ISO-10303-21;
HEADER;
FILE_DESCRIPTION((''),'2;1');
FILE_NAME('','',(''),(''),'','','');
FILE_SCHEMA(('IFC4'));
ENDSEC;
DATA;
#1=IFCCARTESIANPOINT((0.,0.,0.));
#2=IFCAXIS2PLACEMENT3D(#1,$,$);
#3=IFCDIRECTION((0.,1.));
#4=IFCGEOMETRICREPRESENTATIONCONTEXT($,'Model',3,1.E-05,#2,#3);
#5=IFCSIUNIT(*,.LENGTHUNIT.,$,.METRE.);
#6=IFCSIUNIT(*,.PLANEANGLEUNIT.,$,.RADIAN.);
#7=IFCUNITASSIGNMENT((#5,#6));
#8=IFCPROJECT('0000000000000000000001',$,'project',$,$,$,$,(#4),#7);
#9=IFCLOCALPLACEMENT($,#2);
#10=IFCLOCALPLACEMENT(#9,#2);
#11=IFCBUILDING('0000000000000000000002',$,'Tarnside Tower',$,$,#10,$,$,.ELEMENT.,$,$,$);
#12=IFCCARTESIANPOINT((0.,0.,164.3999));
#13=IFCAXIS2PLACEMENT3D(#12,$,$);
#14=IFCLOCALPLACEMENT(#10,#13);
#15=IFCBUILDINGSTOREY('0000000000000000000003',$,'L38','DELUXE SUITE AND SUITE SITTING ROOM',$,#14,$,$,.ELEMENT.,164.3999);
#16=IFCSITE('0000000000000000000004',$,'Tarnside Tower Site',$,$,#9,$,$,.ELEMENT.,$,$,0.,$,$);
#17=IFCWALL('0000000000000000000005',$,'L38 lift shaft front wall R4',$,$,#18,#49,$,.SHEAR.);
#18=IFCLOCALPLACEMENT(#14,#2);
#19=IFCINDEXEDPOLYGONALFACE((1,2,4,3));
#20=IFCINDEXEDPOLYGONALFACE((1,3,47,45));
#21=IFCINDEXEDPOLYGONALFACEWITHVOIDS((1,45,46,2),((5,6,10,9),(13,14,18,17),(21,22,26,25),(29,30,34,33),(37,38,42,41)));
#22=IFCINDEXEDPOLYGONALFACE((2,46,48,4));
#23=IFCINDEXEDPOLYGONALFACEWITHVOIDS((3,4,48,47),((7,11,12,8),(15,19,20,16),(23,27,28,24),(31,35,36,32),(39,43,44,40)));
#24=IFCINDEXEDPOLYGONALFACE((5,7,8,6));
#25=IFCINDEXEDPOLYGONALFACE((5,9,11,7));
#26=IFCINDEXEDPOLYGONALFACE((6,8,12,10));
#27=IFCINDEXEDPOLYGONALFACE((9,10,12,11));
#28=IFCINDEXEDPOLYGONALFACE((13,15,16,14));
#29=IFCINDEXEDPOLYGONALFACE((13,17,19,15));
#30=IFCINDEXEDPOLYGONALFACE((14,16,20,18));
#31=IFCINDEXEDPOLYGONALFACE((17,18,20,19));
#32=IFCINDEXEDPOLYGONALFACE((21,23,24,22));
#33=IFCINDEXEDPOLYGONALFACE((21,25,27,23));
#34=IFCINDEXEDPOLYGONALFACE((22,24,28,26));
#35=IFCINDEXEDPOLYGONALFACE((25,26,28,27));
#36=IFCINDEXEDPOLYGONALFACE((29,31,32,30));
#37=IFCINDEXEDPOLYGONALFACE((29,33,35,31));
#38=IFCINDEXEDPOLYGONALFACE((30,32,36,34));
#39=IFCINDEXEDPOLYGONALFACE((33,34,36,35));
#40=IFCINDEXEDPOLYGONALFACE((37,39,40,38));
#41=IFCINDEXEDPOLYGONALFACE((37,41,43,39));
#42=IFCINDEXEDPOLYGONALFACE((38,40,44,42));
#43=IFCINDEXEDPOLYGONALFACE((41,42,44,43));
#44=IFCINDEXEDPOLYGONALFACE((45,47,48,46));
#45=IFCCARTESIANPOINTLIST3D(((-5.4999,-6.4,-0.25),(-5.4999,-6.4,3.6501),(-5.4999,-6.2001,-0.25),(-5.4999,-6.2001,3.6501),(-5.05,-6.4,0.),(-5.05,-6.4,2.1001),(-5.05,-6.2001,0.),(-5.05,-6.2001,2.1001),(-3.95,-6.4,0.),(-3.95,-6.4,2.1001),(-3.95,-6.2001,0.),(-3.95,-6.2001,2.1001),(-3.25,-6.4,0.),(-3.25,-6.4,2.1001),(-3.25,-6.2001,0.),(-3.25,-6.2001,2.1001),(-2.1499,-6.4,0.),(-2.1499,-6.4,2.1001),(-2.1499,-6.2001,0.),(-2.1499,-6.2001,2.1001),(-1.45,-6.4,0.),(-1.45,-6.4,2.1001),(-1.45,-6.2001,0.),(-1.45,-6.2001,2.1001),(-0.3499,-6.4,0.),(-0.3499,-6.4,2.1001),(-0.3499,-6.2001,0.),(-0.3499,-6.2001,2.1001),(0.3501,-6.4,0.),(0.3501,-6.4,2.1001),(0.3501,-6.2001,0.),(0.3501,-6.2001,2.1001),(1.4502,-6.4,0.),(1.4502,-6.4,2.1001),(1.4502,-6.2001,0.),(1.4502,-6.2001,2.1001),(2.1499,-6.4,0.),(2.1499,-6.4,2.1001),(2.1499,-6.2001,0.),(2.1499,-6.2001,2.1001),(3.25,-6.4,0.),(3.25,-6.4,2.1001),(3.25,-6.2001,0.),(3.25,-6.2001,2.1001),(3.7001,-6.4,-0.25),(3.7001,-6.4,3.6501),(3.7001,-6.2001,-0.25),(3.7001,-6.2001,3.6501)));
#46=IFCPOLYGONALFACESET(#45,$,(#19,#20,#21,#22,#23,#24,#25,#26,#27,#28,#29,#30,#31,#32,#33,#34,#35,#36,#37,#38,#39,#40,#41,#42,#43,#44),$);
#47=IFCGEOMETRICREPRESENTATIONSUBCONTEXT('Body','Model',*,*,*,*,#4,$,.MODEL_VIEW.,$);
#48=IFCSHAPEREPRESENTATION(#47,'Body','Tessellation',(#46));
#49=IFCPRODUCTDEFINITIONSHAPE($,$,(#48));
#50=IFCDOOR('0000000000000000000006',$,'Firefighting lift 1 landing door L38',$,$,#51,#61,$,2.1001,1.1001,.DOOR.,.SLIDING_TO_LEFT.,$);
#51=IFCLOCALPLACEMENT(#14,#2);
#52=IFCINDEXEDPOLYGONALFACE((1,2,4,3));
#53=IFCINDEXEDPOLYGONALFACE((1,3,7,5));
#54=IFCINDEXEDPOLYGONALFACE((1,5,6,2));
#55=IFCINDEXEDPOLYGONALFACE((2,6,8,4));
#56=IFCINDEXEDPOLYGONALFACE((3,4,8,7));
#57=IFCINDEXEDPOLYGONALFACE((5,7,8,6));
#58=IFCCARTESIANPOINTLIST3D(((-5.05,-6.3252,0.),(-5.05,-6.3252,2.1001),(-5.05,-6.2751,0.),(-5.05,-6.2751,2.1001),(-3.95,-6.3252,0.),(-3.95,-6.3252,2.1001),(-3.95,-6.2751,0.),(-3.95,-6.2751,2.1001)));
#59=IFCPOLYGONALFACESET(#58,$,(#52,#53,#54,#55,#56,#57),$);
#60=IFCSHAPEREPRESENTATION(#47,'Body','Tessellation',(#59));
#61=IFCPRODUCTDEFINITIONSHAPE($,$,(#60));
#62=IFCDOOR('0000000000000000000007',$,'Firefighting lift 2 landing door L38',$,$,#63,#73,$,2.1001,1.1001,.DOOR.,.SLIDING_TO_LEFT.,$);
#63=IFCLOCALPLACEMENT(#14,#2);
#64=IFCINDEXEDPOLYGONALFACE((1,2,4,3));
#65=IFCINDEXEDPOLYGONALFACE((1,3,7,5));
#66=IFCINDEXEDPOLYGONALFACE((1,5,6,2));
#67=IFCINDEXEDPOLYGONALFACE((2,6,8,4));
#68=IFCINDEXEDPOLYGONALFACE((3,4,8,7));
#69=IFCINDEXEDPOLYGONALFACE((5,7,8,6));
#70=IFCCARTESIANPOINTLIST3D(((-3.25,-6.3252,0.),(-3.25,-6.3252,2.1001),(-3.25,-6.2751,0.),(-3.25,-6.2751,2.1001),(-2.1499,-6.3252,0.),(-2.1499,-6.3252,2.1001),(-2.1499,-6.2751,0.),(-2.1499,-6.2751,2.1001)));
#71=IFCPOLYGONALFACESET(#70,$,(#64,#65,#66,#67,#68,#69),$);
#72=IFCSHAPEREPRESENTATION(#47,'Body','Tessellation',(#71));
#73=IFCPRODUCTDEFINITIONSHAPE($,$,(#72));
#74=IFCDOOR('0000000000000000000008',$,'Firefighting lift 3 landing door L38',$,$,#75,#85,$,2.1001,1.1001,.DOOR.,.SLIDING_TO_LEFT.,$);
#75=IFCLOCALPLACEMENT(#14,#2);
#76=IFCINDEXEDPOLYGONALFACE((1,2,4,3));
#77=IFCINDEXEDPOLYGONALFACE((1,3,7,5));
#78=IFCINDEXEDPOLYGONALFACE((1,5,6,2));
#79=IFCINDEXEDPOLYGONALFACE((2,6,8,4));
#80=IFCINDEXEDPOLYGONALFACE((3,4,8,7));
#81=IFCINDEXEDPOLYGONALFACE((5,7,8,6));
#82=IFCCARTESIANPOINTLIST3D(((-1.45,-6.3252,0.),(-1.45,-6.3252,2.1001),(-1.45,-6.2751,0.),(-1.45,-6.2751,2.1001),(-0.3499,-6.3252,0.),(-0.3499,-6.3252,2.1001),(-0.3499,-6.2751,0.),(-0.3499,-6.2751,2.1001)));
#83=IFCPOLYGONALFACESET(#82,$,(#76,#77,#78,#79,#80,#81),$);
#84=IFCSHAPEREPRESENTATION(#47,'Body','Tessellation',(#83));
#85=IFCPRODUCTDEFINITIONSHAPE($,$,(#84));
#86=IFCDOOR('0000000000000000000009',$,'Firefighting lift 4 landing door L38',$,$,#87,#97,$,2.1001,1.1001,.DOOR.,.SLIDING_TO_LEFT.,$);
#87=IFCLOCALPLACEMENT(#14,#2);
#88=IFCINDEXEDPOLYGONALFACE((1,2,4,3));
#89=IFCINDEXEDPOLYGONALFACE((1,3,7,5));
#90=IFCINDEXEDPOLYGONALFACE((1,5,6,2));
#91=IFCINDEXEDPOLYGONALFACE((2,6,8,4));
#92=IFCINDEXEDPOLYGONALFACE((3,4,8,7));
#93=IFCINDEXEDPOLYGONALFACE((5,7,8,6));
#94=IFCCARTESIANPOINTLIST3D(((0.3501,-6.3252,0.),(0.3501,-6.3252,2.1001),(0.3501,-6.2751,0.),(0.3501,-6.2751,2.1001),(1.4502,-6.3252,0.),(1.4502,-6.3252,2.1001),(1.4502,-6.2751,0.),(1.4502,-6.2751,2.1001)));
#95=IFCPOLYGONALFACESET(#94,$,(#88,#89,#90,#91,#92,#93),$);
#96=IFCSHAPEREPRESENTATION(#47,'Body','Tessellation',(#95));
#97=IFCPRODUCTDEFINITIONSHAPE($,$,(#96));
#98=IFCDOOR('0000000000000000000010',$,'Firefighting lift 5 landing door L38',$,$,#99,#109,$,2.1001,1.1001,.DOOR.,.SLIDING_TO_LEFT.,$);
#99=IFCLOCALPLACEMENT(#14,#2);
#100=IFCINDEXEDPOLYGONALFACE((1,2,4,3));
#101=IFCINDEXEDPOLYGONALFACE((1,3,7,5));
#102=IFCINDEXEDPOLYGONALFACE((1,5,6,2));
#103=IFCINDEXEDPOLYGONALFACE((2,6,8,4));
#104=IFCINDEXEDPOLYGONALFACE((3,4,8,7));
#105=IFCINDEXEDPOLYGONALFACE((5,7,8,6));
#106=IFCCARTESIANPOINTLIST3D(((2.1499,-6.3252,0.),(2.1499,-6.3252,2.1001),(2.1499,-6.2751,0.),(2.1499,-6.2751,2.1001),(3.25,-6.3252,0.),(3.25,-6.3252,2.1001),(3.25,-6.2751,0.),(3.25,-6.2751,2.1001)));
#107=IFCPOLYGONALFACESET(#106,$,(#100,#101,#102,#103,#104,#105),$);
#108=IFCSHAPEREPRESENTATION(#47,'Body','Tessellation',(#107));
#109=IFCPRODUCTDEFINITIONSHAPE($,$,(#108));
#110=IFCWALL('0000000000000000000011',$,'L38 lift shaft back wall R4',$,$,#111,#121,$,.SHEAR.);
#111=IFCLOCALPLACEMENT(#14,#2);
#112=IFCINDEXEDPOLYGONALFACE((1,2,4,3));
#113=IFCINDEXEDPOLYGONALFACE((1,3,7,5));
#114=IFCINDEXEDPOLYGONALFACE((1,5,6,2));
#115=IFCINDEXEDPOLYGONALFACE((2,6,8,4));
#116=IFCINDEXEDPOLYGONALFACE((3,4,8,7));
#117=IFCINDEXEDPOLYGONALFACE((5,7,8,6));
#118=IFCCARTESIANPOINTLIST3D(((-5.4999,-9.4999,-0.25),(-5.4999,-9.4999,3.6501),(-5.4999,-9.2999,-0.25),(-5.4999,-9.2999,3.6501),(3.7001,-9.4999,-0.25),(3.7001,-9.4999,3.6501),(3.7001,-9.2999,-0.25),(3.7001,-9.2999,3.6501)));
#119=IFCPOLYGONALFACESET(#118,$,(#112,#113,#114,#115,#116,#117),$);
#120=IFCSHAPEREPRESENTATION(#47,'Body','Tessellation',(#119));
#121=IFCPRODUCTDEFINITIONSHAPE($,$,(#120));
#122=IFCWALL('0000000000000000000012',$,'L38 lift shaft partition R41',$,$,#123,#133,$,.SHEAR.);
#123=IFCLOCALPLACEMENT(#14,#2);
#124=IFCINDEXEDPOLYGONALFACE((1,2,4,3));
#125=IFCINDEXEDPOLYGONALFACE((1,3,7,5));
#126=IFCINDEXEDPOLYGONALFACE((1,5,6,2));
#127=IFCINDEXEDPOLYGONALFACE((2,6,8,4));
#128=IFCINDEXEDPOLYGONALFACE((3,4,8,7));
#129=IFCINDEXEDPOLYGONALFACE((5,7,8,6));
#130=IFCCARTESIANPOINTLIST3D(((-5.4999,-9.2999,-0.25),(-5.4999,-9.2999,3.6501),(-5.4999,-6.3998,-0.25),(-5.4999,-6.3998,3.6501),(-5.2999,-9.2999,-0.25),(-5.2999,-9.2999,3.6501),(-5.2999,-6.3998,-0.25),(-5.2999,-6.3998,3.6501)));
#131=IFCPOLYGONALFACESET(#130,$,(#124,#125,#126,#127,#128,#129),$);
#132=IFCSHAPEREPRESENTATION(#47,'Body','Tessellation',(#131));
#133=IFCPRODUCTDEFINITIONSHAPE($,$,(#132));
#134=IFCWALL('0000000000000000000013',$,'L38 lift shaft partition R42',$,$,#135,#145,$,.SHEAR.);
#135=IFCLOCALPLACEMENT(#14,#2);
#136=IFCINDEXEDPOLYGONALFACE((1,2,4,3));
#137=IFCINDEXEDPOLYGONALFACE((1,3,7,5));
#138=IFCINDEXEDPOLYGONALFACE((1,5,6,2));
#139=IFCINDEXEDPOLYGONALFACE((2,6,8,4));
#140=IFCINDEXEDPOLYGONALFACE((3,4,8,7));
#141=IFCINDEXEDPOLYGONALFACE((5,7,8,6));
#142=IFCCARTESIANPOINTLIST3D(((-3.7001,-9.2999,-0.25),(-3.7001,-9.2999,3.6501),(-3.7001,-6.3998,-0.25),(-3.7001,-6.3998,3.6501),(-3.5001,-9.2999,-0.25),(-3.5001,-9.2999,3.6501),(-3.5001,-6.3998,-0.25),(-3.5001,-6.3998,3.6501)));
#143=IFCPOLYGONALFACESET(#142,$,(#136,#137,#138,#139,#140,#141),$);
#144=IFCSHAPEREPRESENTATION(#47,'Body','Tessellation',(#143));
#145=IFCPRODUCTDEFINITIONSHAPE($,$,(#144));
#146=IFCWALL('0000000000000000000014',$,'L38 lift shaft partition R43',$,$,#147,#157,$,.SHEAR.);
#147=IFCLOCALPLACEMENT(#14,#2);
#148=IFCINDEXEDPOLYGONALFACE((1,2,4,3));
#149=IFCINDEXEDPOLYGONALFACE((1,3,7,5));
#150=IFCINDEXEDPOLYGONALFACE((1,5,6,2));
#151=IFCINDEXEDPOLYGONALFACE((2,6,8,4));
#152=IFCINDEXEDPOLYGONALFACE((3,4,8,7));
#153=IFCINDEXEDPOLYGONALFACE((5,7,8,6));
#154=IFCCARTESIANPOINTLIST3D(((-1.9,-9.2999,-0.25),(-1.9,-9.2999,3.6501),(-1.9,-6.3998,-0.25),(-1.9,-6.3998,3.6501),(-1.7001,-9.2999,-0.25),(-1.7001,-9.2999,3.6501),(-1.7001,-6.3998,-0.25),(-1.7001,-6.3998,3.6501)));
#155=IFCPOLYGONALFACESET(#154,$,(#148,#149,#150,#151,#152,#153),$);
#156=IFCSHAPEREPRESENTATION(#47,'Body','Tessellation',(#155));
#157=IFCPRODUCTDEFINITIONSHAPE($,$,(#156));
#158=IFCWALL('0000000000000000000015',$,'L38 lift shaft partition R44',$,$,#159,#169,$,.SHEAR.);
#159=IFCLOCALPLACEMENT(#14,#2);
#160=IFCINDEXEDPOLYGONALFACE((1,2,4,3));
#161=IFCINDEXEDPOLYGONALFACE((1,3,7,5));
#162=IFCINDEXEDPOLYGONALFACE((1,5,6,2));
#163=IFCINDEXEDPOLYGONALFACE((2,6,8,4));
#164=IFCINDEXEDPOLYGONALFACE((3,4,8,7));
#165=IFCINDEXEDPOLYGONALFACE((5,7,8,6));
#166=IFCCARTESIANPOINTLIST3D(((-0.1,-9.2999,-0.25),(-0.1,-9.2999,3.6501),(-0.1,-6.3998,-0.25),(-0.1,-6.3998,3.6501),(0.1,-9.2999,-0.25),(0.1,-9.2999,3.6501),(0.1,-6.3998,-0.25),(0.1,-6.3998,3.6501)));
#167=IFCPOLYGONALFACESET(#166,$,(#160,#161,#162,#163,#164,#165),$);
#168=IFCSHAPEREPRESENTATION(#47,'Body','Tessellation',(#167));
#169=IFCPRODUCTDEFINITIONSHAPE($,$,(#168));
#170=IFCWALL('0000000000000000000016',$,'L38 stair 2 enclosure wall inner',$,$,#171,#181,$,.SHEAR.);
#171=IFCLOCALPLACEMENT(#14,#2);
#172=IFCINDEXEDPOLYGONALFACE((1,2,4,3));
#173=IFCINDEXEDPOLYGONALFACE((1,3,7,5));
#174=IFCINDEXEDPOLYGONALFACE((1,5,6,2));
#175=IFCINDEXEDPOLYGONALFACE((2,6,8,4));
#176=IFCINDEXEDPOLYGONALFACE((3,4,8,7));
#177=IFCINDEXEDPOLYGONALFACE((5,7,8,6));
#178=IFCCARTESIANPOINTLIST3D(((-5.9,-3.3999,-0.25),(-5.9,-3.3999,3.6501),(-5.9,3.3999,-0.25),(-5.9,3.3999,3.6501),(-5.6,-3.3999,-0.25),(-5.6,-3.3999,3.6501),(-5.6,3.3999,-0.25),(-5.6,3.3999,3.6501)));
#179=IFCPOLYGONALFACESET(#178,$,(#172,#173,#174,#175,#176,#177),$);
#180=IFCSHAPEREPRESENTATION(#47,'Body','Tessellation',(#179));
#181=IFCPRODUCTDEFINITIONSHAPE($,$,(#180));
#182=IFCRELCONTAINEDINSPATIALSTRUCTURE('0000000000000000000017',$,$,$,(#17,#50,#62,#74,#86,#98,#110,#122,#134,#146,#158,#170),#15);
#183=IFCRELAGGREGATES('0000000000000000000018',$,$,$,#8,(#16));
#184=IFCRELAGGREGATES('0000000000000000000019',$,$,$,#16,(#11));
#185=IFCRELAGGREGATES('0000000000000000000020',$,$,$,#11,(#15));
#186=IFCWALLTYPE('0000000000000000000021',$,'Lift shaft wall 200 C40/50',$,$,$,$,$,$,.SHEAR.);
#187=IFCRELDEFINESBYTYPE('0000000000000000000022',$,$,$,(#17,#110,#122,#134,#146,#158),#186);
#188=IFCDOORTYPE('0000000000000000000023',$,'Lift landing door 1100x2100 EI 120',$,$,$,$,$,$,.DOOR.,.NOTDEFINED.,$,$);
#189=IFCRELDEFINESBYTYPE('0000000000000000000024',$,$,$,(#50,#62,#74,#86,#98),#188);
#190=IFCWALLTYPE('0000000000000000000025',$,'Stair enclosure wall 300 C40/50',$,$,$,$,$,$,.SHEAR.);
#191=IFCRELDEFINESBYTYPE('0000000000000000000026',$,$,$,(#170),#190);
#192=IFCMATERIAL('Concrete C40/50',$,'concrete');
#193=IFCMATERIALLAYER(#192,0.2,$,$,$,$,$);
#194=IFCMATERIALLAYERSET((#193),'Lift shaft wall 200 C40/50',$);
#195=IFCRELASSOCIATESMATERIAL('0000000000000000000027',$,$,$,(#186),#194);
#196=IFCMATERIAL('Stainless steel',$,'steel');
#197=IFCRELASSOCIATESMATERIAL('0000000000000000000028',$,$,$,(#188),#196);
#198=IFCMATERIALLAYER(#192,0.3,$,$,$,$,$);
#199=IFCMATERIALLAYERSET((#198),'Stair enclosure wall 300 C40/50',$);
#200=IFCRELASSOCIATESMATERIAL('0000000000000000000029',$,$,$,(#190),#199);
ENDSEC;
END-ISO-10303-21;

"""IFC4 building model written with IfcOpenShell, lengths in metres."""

from ifc_helpers import new_model, si_unit, direction, frame, frame_2d, origin, place, context, subcontext, project, spatial, rectangle, extrude, material, layer, layer_set, type_object, element, fill, save


model = new_model("IFC4")

# Units and contexts
model_context = context("Model", 3, precision=1e-05, world=origin(), true_north=direction((0.0, 1.0)))
body_context = subcontext(model_context, "Body", "Model", "MODEL_VIEW")
ifc_project = project(units=[si_unit("LENGTHUNIT", "METRE"), si_unit("PLANEANGLEUNIT", "RADIAN")], contexts=[model_context])

# Site, building, storey
site_placement = place(None, origin())
site = spatial("IfcSite", under=ifc_project, at=site_placement, Name="Tarnside Tower Site", CompositionType="ELEMENT", RefElevation=0.0)
building_placement = place(site_placement, origin())
building = spatial("IfcBuilding", under=site, at=building_placement, Name="Tarnside Tower", CompositionType="ELEMENT")
storey_placement = place(building_placement, frame((0.0, 0.0, 164.3999)))
storey = spatial("IfcBuildingStorey", under=building, at=storey_placement, Name="L38", Description="DELUXE SUITE AND SUITE SITTING ROOM", CompositionType="ELEMENT", Elevation=164.3999)

# Shared definitions
ifc_material_1 = material(Name="Concrete C40/50", Category="concrete")

# Wall, openings, doors
ifc_layer_1 = layer(ifc_material_1, 0.2)
ifc_layer_set_1 = layer_set([ifc_layer_1], Name="Lift shaft wall 200 C40/50")
wall_type_1 = type_object("IfcWallType", Name="Lift shaft wall 200 C40/50", PredefinedType="SHEAR", material=ifc_layer_set_1)
wall_1_placement = place(storey_placement, frame((-5.5, -6.3, -0.25), z_axis=(0.0, 0.0, 1.0), x_axis=(1.0, 0.0, 0.0)))
wall_1 = element("IfcWall", 1, at=wall_1_placement, inside=storey, type_object=wall_type_1, Name="L38 lift shaft front wall R4", PredefinedType="SHEAR", context=body_context, shape_type="SweptSolid", body=[
    extrude(rectangle(XDim=9.2, YDim=0.2, at=frame_2d((4.6001, 0.0))), origin(), (0.0, 0.0, 1.0), 3.9001),
])
opening_1_placement = place(wall_1_placement, frame((0.45, 0.0, 0.25)))
opening_1 = element("IfcOpeningElement", 2, at=opening_1_placement, cuts=wall_1, PredefinedType="OPENING", context=body_context, shape_type="SweptSolid", body=[
    extrude(rectangle(XDim=1.1001, YDim=2.1001, at=frame_2d((0.55, 1.05))), frame((0.0, 0.1099, 0.0), z_axis=(0.0, -1.0, 0.0), x_axis=(1.0, 0.0, 0.0)), (0.0, 0.0, 1.0), 0.22),
])
opening_2_placement = place(wall_1_placement, frame((2.25, 0.0, 0.25)))
opening_2 = element("IfcOpeningElement", 3, at=opening_2_placement, cuts=wall_1, PredefinedType="OPENING", context=body_context, shape_type="SweptSolid", body=[
    extrude(rectangle(XDim=1.1001, YDim=2.1001, at=frame_2d((0.55, 1.05))), frame((0.0, 0.1099, 0.0), z_axis=(0.0, -1.0, 0.0), x_axis=(1.0, 0.0, 0.0)), (0.0, 0.0, 1.0), 0.22),
])
opening_3_placement = place(wall_1_placement, frame((4.05, 0.0, 0.25)))
opening_3 = element("IfcOpeningElement", 4, at=opening_3_placement, cuts=wall_1, PredefinedType="OPENING", context=body_context, shape_type="SweptSolid", body=[
    extrude(rectangle(XDim=1.1001, YDim=2.1001, at=frame_2d((0.55, 1.05))), frame((0.0, 0.1099, 0.0), z_axis=(0.0, -1.0, 0.0), x_axis=(1.0, 0.0, 0.0)), (0.0, 0.0, 1.0), 0.22),
])
opening_4_placement = place(wall_1_placement, frame((5.8501, 0.0, 0.25)))
opening_4 = element("IfcOpeningElement", 5, at=opening_4_placement, cuts=wall_1, PredefinedType="OPENING", context=body_context, shape_type="SweptSolid", body=[
    extrude(rectangle(XDim=1.1001, YDim=2.1001, at=frame_2d((0.55, 1.05))), frame((0.0, 0.1099, 0.0), z_axis=(0.0, -1.0, 0.0), x_axis=(1.0, 0.0, 0.0)), (0.0, 0.0, 1.0), 0.22),
])
opening_5_placement = place(wall_1_placement, frame((7.6499, 0.0, 0.25)))
opening_5 = element("IfcOpeningElement", 6, at=opening_5_placement, cuts=wall_1, PredefinedType="OPENING", context=body_context, shape_type="SweptSolid", body=[
    extrude(rectangle(XDim=1.1001, YDim=2.1001, at=frame_2d((0.55, 1.05))), frame((0.0, 0.1099, 0.0), z_axis=(0.0, -1.0, 0.0), x_axis=(1.0, 0.0, 0.0)), (0.0, 0.0, 1.0), 0.22),
])
ifc_material_2 = material(Name="Stainless steel", Category="steel")
door_type_1 = type_object("IfcDoorType", Name="Lift landing door 1100x2100 EI 120", OperationType="NOTDEFINED", PredefinedType="DOOR", material=ifc_material_2)
door_1_placement = place(opening_1_placement, origin())
door_1 = element("IfcDoor", 7, at=door_1_placement, inside=storey, type_object=door_type_1, Name="Firefighting lift 1 landing door L38", OperationType="SLIDING_TO_LEFT", OverallHeight=2.1001, OverallWidth=1.1001, PredefinedType="DOOR", context=body_context, shape_type="SweptSolid", body=[
    extrude(rectangle(XDim=1.1001, YDim=2.1001, at=frame_2d((0.55, 1.05))), frame((0.0, 0.0249, 0.0), z_axis=(0.0, -1.0, 0.0), x_axis=(1.0, 0.0, 0.0)), (0.0, 0.0, 1.0), 0.05),
])
fill(opening_1, door_1)
door_2_placement = place(opening_2_placement, origin())
door_2 = element("IfcDoor", 8, at=door_2_placement, inside=storey, type_object=door_type_1, Name="Firefighting lift 2 landing door L38", OperationType="SLIDING_TO_LEFT", OverallHeight=2.1001, OverallWidth=1.1001, PredefinedType="DOOR", context=body_context, shape_type="SweptSolid", body=[
    extrude(rectangle(XDim=1.1001, YDim=2.1001, at=frame_2d((0.55, 1.05))), frame((0.0, 0.0249, 0.0), z_axis=(0.0, -1.0, 0.0), x_axis=(1.0, 0.0, 0.0)), (0.0, 0.0, 1.0), 0.05),
])
fill(opening_2, door_2)
door_3_placement = place(opening_3_placement, origin())
door_3 = element("IfcDoor", 9, at=door_3_placement, inside=storey, type_object=door_type_1, Name="Firefighting lift 3 landing door L38", OperationType="SLIDING_TO_LEFT", OverallHeight=2.1001, OverallWidth=1.1001, PredefinedType="DOOR", context=body_context, shape_type="SweptSolid", body=[
    extrude(rectangle(XDim=1.1001, YDim=2.1001, at=frame_2d((0.55, 1.05))), frame((0.0, 0.0249, 0.0), z_axis=(0.0, -1.0, 0.0), x_axis=(1.0, 0.0, 0.0)), (0.0, 0.0, 1.0), 0.05),
])
fill(opening_3, door_3)
door_4_placement = place(opening_4_placement, origin())
door_4 = element("IfcDoor", 10, at=door_4_placement, inside=storey, type_object=door_type_1, Name="Firefighting lift 4 landing door L38", OperationType="SLIDING_TO_LEFT", OverallHeight=2.1001, OverallWidth=1.1001, PredefinedType="DOOR", context=body_context, shape_type="SweptSolid", body=[
    extrude(rectangle(XDim=1.1001, YDim=2.1001, at=frame_2d((0.55, 1.05))), frame((0.0, 0.0249, 0.0), z_axis=(0.0, -1.0, 0.0), x_axis=(1.0, 0.0, 0.0)), (0.0, 0.0, 1.0), 0.05),
])
fill(opening_4, door_4)
door_5_placement = place(opening_5_placement, origin())
door_5 = element("IfcDoor", 11, at=door_5_placement, inside=storey, type_object=door_type_1, Name="Firefighting lift 5 landing door L38", OperationType="SLIDING_TO_LEFT", OverallHeight=2.1001, OverallWidth=1.1001, PredefinedType="DOOR", context=body_context, shape_type="SweptSolid", body=[
    extrude(rectangle(XDim=1.1001, YDim=2.1001, at=frame_2d((0.55, 1.05))), frame((0.0, 0.0249, 0.0), z_axis=(0.0, -1.0, 0.0), x_axis=(1.0, 0.0, 0.0)), (0.0, 0.0, 1.0), 0.05),
])
fill(opening_5, door_5)

# Walls
wall_2_placement = place(storey_placement, frame((-5.5, -9.3999, -0.25), z_axis=(0.0, 0.0, 1.0), x_axis=(1.0, 0.0, 0.0)))
element("IfcWall", 12, at=wall_2_placement, inside=storey, type_object=wall_type_1, Name="L38 lift shaft back wall R4", PredefinedType="SHEAR", context=body_context, shape_type="SweptSolid", body=[
    extrude(rectangle(XDim=9.2, YDim=0.2, at=frame_2d((4.6001, 0.0))), origin(), (0.0, 0.0, 1.0), 3.9001),
])
for number, where, z_axis, x_axis, name in (
    (13, (-5.3999, -9.3, -0.25), (0.0, 0.0, 1.0), (0.0, 1.0, 0.0), "L38 lift shaft partition R41"),
    (14, (-3.6001, -9.3, -0.25), (0.0, 0.0, 1.0), (0.0, 1.0, 0.0), "L38 lift shaft partition R42"),
    (15, (-1.8, -9.3, -0.25), (0.0, 0.0, 1.0), (0.0, 1.0, 0.0), "L38 lift shaft partition R43"),
    (16, (0.0, -9.3, -0.25), (0.0, 0.0, 1.0), (0.0, 1.0, 0.0), "L38 lift shaft partition R44"),
):
    element("IfcWall", number, at=place(storey_placement, frame(where, z_axis=z_axis, x_axis=x_axis)), inside=storey, type_object=wall_type_1, Name=name, PredefinedType="SHEAR", context=body_context, shape_type="SweptSolid", body=[
        extrude(rectangle(XDim=2.9001, YDim=0.2, at=frame_2d((1.4502, 0.0))), origin(), (0.0, 0.0, 1.0), 3.9001),
    ])
ifc_layer_2 = layer(ifc_material_1, 0.3)
ifc_layer_set_2 = layer_set([ifc_layer_2], Name="Stair enclosure wall 300 C40/50")
wall_type_2 = type_object("IfcWallType", Name="Stair enclosure wall 300 C40/50", PredefinedType="SHEAR", material=ifc_layer_set_2)
wall_3_placement = place(storey_placement, frame((-5.75, -3.3999, -0.25), z_axis=(0.0, 0.0, 1.0), x_axis=(0.0, 1.0, 0.0)))
element("IfcWall", 17, at=wall_3_placement, inside=storey, type_object=wall_type_2, Name="L38 stair 2 enclosure wall inner", PredefinedType="SHEAR", context=body_context, shape_type="SweptSolid", body=[
    extrude(rectangle(XDim=6.7998, YDim=0.3, at=frame_2d((3.3999, 0.0))), origin(), (0.0, 0.0, 1.0), 3.9001),
])

save(model, "model.ifc")
